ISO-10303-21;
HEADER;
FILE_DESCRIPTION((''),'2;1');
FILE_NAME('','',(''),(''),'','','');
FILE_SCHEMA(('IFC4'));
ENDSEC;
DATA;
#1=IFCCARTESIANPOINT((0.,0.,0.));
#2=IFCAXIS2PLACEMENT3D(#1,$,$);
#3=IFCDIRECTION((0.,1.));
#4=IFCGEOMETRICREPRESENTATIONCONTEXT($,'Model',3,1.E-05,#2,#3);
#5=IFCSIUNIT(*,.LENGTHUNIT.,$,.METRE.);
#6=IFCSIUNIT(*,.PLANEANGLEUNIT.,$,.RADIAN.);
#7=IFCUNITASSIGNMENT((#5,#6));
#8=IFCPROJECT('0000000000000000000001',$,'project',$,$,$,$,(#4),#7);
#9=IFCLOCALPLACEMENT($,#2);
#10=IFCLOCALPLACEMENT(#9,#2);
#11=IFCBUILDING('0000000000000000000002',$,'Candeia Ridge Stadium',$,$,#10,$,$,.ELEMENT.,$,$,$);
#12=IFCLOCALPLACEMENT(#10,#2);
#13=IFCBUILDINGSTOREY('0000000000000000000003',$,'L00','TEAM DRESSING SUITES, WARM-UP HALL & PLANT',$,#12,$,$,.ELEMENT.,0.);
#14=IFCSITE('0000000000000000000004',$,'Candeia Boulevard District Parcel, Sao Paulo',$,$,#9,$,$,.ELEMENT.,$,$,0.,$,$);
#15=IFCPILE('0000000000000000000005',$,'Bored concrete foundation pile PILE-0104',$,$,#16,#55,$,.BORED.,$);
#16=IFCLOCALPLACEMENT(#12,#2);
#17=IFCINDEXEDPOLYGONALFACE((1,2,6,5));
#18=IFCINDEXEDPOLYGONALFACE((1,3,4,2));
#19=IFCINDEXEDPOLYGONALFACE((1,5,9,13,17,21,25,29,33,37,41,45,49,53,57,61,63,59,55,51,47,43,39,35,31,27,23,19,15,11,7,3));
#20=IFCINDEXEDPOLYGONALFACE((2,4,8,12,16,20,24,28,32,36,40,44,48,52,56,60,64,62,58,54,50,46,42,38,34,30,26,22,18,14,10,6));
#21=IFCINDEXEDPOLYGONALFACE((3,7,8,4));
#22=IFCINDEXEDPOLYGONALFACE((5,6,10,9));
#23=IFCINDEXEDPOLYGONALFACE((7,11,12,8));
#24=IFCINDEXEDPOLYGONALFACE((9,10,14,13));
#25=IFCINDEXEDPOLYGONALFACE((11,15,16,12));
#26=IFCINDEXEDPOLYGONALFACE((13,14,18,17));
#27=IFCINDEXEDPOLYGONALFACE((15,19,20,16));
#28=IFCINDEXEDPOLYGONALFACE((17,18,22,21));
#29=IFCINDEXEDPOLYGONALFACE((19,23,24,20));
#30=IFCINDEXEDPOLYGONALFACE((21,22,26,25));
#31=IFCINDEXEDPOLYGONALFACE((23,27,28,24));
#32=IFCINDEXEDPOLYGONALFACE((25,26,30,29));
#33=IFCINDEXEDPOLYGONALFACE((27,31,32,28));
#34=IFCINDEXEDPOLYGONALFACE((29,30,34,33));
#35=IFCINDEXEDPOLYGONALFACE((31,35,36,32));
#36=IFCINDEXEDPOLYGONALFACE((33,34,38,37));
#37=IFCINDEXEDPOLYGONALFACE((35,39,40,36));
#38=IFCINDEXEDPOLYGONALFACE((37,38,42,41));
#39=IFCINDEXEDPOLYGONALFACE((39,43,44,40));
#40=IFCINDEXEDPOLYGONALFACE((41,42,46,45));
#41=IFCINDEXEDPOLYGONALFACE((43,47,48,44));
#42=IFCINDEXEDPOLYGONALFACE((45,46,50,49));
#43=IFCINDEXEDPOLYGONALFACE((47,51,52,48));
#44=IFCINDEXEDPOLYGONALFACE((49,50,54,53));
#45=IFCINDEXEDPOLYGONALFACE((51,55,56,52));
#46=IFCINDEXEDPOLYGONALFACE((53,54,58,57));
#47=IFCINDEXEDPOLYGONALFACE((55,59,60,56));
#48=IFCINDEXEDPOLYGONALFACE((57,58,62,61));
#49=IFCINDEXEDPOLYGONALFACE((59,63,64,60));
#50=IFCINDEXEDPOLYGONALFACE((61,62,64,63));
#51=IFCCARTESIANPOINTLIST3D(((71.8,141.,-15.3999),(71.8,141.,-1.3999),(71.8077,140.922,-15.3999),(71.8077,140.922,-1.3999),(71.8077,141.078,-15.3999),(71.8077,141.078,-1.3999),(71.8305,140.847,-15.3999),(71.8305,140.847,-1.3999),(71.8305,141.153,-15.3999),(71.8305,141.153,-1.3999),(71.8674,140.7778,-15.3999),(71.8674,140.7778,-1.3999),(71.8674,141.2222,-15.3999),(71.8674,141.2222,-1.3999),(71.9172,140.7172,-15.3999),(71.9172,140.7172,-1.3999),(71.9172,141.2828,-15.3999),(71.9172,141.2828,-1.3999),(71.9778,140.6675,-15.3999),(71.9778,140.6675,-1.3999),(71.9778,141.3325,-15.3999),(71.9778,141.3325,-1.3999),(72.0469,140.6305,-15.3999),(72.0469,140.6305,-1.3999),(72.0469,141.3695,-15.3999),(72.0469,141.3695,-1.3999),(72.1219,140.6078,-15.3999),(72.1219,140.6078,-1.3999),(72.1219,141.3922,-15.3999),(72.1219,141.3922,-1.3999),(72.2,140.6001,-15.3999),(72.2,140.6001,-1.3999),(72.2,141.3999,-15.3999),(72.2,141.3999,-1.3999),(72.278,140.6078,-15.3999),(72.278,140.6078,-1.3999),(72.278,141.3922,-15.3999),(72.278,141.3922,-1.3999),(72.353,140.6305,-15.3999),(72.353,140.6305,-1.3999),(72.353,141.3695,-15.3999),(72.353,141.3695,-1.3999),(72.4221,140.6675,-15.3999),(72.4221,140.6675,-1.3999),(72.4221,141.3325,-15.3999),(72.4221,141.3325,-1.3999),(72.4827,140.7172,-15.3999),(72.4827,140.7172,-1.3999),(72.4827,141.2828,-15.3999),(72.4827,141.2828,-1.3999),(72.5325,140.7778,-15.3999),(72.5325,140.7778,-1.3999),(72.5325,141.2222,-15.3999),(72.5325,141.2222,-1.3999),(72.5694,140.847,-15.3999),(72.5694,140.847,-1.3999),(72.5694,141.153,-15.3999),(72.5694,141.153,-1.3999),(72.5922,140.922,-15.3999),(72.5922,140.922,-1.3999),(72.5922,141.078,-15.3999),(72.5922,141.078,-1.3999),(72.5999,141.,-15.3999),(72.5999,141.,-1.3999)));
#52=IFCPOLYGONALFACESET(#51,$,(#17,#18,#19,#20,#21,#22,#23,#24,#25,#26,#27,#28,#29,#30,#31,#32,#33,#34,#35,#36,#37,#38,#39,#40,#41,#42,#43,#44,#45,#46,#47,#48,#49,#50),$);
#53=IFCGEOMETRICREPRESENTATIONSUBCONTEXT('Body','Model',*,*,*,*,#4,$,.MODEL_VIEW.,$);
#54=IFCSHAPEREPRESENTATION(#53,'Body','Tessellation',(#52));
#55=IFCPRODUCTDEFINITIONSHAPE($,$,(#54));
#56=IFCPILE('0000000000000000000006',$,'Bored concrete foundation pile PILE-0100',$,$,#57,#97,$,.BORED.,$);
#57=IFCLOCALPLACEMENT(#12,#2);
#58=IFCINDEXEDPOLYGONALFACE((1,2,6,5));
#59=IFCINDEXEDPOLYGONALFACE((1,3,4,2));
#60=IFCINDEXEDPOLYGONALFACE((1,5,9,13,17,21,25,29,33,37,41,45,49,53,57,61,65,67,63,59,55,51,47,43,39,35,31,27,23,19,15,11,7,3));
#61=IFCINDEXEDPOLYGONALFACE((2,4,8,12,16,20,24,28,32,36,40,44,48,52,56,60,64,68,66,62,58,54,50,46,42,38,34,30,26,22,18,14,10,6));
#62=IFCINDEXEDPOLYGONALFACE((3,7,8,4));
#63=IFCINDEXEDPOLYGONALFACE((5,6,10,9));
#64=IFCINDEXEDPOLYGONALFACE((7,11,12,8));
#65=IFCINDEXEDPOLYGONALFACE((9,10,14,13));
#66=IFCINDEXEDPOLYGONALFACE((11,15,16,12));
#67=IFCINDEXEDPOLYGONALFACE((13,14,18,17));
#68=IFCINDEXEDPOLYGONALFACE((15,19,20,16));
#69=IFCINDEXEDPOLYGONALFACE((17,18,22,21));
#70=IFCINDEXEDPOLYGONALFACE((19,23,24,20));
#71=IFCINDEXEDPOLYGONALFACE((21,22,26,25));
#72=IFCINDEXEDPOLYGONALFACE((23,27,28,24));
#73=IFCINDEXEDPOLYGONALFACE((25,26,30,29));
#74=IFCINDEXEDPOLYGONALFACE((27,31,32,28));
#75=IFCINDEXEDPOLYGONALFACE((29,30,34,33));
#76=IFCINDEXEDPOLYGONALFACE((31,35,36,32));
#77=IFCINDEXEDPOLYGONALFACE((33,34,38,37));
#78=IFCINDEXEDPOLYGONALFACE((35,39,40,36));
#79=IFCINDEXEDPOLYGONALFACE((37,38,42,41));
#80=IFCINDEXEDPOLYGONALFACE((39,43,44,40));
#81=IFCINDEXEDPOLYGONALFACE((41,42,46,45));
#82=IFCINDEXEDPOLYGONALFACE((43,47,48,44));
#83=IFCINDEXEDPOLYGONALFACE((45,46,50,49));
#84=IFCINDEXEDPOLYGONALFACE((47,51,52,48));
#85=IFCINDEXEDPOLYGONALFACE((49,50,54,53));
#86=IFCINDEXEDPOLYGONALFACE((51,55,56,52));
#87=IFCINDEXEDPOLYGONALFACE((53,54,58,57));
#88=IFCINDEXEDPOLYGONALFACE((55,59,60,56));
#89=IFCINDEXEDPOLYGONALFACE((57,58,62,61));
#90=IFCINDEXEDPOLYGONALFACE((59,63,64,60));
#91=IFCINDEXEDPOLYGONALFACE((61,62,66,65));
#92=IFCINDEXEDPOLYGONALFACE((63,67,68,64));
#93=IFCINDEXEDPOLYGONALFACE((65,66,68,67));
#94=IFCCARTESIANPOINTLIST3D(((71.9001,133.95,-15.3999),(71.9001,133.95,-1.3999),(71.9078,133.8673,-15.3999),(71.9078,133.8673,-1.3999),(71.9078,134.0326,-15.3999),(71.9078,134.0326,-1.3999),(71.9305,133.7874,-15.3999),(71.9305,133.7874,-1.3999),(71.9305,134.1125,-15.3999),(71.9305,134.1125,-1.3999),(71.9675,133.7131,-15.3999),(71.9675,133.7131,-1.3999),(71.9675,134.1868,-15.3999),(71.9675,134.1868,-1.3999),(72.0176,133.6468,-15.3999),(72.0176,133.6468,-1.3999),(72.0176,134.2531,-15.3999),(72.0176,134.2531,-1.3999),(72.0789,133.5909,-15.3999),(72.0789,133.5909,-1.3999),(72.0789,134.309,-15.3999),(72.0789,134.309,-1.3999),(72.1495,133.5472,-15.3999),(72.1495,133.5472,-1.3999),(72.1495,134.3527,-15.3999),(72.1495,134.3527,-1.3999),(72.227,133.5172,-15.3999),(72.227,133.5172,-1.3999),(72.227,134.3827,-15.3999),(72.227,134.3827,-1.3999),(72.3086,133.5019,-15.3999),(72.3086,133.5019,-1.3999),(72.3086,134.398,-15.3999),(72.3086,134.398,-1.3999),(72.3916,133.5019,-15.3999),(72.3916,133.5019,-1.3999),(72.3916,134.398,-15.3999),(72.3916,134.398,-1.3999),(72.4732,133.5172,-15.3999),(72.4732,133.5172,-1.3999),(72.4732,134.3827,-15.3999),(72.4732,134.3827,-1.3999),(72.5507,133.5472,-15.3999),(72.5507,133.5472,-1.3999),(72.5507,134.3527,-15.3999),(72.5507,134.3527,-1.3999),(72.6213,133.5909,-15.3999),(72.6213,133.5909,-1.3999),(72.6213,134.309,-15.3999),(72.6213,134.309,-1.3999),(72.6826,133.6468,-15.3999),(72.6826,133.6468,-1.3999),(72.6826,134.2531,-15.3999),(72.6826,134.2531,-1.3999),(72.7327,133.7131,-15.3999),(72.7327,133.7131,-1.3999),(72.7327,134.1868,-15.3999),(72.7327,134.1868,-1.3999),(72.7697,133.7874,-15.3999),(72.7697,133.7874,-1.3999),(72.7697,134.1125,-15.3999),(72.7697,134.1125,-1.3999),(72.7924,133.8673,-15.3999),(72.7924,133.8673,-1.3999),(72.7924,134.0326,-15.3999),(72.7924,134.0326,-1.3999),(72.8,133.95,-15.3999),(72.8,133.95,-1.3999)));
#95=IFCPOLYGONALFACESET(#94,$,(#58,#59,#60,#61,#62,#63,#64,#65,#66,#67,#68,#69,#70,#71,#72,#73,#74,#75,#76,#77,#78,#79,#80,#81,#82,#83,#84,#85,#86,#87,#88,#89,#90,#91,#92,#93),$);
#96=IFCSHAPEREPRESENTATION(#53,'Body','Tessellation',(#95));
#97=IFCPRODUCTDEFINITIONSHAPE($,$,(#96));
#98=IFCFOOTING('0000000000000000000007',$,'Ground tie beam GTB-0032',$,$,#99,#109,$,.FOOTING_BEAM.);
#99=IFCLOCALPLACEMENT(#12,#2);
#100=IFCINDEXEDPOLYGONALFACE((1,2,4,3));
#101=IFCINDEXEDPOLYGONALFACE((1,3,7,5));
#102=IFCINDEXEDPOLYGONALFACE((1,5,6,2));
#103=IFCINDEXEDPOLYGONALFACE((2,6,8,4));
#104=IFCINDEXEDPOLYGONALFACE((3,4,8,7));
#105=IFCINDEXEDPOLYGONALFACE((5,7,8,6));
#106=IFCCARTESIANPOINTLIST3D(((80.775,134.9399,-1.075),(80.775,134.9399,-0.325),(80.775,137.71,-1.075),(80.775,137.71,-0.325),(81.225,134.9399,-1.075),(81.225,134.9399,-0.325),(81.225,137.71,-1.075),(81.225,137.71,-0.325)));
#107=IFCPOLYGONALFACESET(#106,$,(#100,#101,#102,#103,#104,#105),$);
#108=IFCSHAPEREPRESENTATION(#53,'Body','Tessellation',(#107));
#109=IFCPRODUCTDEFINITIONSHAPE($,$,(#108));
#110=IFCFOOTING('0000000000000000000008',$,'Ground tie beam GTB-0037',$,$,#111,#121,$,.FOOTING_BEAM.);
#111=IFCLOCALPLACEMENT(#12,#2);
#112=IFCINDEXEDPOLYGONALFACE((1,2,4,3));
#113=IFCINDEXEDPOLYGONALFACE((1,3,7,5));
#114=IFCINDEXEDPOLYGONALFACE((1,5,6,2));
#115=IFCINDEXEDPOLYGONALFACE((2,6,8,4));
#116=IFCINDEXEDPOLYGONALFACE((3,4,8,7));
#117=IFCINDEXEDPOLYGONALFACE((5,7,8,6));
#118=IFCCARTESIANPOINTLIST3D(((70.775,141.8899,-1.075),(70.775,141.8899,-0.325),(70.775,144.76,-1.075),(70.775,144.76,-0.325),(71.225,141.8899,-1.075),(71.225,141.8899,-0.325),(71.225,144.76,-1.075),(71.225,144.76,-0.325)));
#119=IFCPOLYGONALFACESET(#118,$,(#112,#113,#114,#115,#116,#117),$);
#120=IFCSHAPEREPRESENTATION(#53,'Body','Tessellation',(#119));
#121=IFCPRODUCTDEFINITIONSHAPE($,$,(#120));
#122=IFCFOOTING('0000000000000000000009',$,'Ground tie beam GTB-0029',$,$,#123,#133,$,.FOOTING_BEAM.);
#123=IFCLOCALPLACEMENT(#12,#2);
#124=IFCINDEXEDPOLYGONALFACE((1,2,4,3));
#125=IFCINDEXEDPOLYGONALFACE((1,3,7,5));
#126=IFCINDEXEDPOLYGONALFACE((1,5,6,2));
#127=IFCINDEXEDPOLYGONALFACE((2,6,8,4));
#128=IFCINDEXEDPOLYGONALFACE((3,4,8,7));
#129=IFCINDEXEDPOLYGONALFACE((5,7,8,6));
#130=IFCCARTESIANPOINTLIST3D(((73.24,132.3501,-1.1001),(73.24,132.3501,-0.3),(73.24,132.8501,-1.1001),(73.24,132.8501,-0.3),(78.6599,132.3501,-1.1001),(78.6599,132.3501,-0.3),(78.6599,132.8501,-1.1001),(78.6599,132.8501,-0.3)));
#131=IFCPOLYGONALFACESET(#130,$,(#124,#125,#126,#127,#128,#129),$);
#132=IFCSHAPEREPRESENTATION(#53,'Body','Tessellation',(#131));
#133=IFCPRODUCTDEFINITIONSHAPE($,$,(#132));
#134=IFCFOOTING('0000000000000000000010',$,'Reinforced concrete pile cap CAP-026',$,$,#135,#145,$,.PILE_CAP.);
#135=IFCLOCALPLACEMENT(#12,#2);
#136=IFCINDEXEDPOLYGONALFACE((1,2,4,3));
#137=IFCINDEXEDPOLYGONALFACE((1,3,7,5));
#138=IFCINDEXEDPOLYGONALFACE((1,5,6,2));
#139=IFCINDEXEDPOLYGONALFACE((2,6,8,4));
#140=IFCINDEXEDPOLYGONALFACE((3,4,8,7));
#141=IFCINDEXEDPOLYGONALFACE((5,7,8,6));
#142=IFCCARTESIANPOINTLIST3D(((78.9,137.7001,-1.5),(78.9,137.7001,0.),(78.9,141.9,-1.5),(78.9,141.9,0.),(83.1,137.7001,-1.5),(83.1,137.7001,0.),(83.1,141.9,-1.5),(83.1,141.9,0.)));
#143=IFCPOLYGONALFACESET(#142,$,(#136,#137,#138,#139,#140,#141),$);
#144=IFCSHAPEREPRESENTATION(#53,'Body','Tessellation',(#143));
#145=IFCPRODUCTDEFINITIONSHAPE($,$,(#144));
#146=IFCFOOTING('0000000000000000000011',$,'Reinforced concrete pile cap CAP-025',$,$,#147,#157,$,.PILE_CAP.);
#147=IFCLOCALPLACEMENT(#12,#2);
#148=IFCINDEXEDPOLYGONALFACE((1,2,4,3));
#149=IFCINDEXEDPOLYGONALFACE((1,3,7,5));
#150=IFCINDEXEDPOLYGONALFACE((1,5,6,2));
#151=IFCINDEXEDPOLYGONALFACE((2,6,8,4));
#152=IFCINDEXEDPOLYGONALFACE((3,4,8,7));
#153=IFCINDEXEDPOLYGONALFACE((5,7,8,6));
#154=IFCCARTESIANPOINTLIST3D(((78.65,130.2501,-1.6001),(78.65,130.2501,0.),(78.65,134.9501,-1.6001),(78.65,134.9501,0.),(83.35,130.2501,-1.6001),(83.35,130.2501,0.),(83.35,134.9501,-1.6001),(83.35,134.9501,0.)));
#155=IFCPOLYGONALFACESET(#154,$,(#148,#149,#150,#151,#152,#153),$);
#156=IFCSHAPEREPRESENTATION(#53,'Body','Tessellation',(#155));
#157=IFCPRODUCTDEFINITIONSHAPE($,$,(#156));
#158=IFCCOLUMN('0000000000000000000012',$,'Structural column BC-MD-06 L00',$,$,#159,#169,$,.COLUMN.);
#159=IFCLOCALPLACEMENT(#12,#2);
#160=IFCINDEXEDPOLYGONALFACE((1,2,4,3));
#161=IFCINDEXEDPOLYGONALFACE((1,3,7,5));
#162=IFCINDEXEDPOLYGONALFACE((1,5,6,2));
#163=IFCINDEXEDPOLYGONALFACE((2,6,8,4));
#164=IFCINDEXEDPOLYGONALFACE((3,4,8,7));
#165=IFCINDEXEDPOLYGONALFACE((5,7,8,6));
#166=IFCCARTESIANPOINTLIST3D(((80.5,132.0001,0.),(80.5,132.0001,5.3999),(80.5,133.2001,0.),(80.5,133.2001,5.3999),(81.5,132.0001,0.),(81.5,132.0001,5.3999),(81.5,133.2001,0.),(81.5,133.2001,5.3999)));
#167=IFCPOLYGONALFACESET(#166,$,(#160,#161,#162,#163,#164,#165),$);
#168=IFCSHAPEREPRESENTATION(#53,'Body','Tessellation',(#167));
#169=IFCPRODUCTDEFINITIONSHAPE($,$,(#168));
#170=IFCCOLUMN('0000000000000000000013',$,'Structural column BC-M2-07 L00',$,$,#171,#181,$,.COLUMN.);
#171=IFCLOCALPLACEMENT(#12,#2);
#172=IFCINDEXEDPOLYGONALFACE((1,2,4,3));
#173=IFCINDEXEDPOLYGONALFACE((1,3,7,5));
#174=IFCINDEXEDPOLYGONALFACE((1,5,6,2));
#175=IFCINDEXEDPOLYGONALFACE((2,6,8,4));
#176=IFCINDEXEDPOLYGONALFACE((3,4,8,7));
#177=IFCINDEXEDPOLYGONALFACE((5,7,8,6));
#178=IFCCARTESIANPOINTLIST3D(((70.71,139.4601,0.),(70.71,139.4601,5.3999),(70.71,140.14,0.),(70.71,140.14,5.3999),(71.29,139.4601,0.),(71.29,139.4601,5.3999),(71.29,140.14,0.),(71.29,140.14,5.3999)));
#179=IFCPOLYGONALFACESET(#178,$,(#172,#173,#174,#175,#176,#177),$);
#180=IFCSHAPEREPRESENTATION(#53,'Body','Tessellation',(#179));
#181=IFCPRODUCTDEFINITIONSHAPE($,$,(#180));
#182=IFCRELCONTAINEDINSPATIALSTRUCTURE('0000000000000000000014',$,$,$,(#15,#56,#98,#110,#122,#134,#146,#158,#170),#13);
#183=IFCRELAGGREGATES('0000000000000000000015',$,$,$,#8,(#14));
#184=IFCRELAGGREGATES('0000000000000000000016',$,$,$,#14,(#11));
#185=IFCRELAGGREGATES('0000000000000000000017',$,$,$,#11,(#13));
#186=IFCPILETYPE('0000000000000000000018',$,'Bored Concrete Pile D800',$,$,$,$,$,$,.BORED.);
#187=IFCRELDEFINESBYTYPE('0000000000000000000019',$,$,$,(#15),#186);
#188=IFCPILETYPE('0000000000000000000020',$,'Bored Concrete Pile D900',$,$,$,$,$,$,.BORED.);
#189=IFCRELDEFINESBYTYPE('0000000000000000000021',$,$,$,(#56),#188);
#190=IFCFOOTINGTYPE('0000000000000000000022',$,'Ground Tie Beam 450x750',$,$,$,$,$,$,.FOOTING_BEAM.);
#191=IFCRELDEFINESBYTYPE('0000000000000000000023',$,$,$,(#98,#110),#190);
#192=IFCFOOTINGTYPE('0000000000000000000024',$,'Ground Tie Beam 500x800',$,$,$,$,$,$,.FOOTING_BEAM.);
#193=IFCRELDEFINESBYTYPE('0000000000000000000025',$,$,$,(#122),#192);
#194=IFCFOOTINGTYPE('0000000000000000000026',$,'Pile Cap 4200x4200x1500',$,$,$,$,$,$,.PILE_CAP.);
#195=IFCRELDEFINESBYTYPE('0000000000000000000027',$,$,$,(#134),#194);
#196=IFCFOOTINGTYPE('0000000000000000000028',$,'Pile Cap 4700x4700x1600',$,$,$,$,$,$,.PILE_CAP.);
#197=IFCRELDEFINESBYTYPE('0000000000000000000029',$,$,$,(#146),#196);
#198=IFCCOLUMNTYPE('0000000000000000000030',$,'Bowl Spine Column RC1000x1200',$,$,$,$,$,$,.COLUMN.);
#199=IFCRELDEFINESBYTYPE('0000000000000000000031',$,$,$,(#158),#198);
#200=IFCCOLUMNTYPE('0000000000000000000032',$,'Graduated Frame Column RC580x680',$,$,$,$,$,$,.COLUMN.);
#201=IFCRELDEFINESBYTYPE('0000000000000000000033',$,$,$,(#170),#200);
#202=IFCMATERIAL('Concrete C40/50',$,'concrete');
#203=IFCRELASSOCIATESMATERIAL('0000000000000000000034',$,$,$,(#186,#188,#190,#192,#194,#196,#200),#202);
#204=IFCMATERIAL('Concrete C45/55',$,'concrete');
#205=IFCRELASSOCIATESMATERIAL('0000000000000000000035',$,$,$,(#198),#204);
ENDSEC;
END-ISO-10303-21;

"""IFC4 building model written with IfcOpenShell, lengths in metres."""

from ifc_helpers import new_model, si_unit, direction, frame, origin, origin_2d, place, context, subcontext, project, spatial, rectangle, circle, extrude, material, material_profile, profile_set, type_object, element, save


model = new_model("IFC4")

# Units and contexts
model_context = context("Model", 3, precision=1e-05, world=origin(), true_north=direction((0.0, 1.0)))
body_context = subcontext(model_context, "Body", "Model", "MODEL_VIEW")
ifc_project = project(units=[si_unit("LENGTHUNIT", "METRE"), si_unit("PLANEANGLEUNIT", "RADIAN")], contexts=[model_context])

# Site, building, storey
site_placement = place(None, origin())
site = spatial("IfcSite", under=ifc_project, at=site_placement, Name="Candeia Boulevard District Parcel, Sao Paulo", CompositionType="ELEMENT", RefElevation=0.0)
building_placement = place(site_placement, origin())
building = spatial("IfcBuilding", under=site, at=building_placement, Name="Candeia Ridge Stadium", CompositionType="ELEMENT")
storey_placement = place(building_placement, origin())
storey = spatial("IfcBuildingStorey", under=building, at=storey_placement, Name="L00", Description="TEAM DRESSING SUITES, WARM-UP HALL & PLANT", CompositionType="ELEMENT", Elevation=0.0)

# Piles
ifc_material_1 = material(Name="Concrete C40/50", Category="concrete")
ifc_material_profile_1 = material_profile(ifc_material_1, circle(Radius=0.3999, at=origin_2d()), Name="PILE-D800", Category="concrete")
ifc_profile_set_1 = profile_set([ifc_material_profile_1], Name="Concrete C40/50")
pile_type_1 = type_object("IfcPileType", Name="Bored Concrete Pile D800", PredefinedType="BORED", material=ifc_profile_set_1)
for number, where, z_axis, x_axis, name in (
    (1, (72.2, 141.0, -1.3999), (0.0, 0.0, -1.0), (1.0, 0.0, 0.0), "Bored concrete foundation pile PILE-0104"),
):
    element("IfcPile", number, at=place(storey_placement, frame(where, z_axis=z_axis, x_axis=x_axis)), inside=storey, type_object=pile_type_1, Name=name, PredefinedType="BORED", context=body_context, shape_type="SweptSolid", body=[
        extrude(circle(Radius=0.3999, at=origin_2d()), origin(), (0.0, 0.0, 1.0), 14.0),
    ])
ifc_material_profile_2 = material_profile(ifc_material_1, circle(Radius=0.45, at=origin_2d()), Name="PILE-D900", Category="concrete")
ifc_profile_set_2 = profile_set([ifc_material_profile_2], Name="Concrete C40/50")
pile_type_2 = type_object("IfcPileType", Name="Bored Concrete Pile D900", PredefinedType="BORED", material=ifc_profile_set_2)
pile_1_placement = place(storey_placement, frame((72.3501, 133.95, -1.3999), z_axis=(0.0, 0.0, -1.0), x_axis=(1.0, 0.0, 0.0)))
element("IfcPile", 2, at=pile_1_placement, inside=storey, type_object=pile_type_2, Name="Bored concrete foundation pile PILE-0100", PredefinedType="BORED", context=body_context, shape_type="SweptSolid", body=[
    extrude(circle(Radius=0.45, at=origin_2d()), origin(), (0.0, 0.0, 1.0), 14.0),
])

# Footings
footing_type_1 = type_object("IfcFootingType", Name="Ground Tie Beam 450x750", PredefinedType="FOOTING_BEAM", material=ifc_material_1)
footing_1_placement = place(storey_placement, frame((81.0, 136.325, -1.075), z_axis=(0.0, 0.0, 1.0), x_axis=(0.0, 1.0, 0.0)))
element("IfcFooting", 3, at=footing_1_placement, inside=storey, type_object=footing_type_1, Name="Ground tie beam GTB-0032", PredefinedType="FOOTING_BEAM", context=body_context, shape_type="SweptSolid", body=[
    extrude(rectangle(XDim=2.77, YDim=0.45, at=origin_2d()), origin(), (0.0, 0.0, 1.0), 0.75),
])
footing_2_placement = place(storey_placement, frame((71.0, 143.325, -1.075), z_axis=(0.0, 0.0, 1.0), x_axis=(0.0, 1.0, 0.0)))
element("IfcFooting", 4, at=footing_2_placement, inside=storey, type_object=footing_type_1, Name="Ground tie beam GTB-0037", PredefinedType="FOOTING_BEAM", context=body_context, shape_type="SweptSolid", body=[
    extrude(rectangle(XDim=2.8701, YDim=0.45, at=origin_2d()), origin(), (0.0, 0.0, 1.0), 0.75),
])
footing_type_2 = type_object("IfcFootingType", Name="Ground Tie Beam 500x800", PredefinedType="FOOTING_BEAM", material=ifc_material_1)
footing_3_placement = place(storey_placement, frame((75.95, 132.6001, -1.1001), z_axis=(0.0, 0.0, 1.0), x_axis=(-1.0, 0.0, 0.0)))
element("IfcFooting", 5, at=footing_3_placement, inside=storey, type_object=footing_type_2, Name="Ground tie beam GTB-0029", PredefinedType="FOOTING_BEAM", context=body_context, shape_type="SweptSolid", body=[
    extrude(rectangle(XDim=5.4199, YDim=0.5, at=origin_2d()), origin(), (0.0, 0.0, 1.0), 0.8),
])
footing_type_3 = type_object("IfcFootingType", Name="Pile Cap 4200x4200x1500", PredefinedType="PILE_CAP", material=ifc_material_1)
footing_4_placement = place(storey_placement, frame((81.0, 139.8, -1.5), z_axis=(0.0, 0.0, 1.0), x_axis=(1.0, 0.0, 0.0)))
element("IfcFooting", 6, at=footing_4_placement, inside=storey, type_object=footing_type_3, Name="Reinforced concrete pile cap CAP-026", PredefinedType="PILE_CAP", context=body_context, shape_type="SweptSolid", body=[
    extrude(rectangle(XDim=4.2, YDim=4.2, at=origin_2d()), origin(), (0.0, 0.0, 1.0), 1.5),
])
footing_type_4 = type_object("IfcFootingType", Name="Pile Cap 4700x4700x1600", PredefinedType="PILE_CAP", material=ifc_material_1)
footing_5_placement = place(storey_placement, frame((81.0, 132.6001, -1.6001), z_axis=(0.0, 0.0, 1.0), x_axis=(1.0, 0.0, 0.0)))
element("IfcFooting", 7, at=footing_5_placement, inside=storey, type_object=footing_type_4, Name="Reinforced concrete pile cap CAP-025", PredefinedType="PILE_CAP", context=body_context, shape_type="SweptSolid", body=[
    extrude(rectangle(XDim=4.7, YDim=4.7, at=origin_2d()), origin(), (0.0, 0.0, 1.0), 1.6001),
])

# Columns
ifc_material_2 = material(Name="Concrete C45/55", Category="concrete")
ifc_material_profile_3 = material_profile(ifc_material_2, rectangle(XDim=1.0, YDim=1.2, at=origin_2d()), Name="RC1000x1200", Category="concrete")
ifc_profile_set_3 = profile_set([ifc_material_profile_3], Name="Concrete C45/55")
column_type_1 = type_object("IfcColumnType", Name="Bowl Spine Column RC1000x1200", PredefinedType="COLUMN", material=ifc_profile_set_3)
column_1_placement = place(storey_placement, frame((81.0, 132.6001, 0.0), z_axis=(0.0, 0.0, 1.0), x_axis=(1.0, 0.0, 0.0)))
element("IfcColumn", 8, at=column_1_placement, inside=storey, type_object=column_type_1, Name="Structural column BC-MD-06 L00", PredefinedType="COLUMN", context=body_context, shape_type="SweptSolid", body=[
    extrude(rectangle(XDim=1.0, YDim=1.2, at=origin_2d()), origin(), (0.0, 0.0, 1.0), 5.3999),
])
ifc_material_profile_4 = material_profile(ifc_material_1, rectangle(XDim=0.5801, YDim=0.6799, at=origin_2d()), Name="RC580x680", Category="concrete")
ifc_profile_set_4 = profile_set([ifc_material_profile_4], Name="Concrete C40/50")
column_type_2 = type_object("IfcColumnType", Name="Graduated Frame Column RC580x680", PredefinedType="COLUMN", material=ifc_profile_set_4)
column_2_placement = place(storey_placement, frame((71.0, 139.8, 0.0), z_axis=(0.0, 0.0, 1.0), x_axis=(1.0, 0.0, 0.0)))
element("IfcColumn", 9, at=column_2_placement, inside=storey, type_object=column_type_2, Name="Structural column BC-M2-07 L00", PredefinedType="COLUMN", context=body_context, shape_type="SweptSolid", body=[
    extrude(rectangle(XDim=0.5801, YDim=0.6799, at=origin_2d()), origin(), (0.0, 0.0, 1.0), 5.3999),
])

save(model, "model.ifc")
